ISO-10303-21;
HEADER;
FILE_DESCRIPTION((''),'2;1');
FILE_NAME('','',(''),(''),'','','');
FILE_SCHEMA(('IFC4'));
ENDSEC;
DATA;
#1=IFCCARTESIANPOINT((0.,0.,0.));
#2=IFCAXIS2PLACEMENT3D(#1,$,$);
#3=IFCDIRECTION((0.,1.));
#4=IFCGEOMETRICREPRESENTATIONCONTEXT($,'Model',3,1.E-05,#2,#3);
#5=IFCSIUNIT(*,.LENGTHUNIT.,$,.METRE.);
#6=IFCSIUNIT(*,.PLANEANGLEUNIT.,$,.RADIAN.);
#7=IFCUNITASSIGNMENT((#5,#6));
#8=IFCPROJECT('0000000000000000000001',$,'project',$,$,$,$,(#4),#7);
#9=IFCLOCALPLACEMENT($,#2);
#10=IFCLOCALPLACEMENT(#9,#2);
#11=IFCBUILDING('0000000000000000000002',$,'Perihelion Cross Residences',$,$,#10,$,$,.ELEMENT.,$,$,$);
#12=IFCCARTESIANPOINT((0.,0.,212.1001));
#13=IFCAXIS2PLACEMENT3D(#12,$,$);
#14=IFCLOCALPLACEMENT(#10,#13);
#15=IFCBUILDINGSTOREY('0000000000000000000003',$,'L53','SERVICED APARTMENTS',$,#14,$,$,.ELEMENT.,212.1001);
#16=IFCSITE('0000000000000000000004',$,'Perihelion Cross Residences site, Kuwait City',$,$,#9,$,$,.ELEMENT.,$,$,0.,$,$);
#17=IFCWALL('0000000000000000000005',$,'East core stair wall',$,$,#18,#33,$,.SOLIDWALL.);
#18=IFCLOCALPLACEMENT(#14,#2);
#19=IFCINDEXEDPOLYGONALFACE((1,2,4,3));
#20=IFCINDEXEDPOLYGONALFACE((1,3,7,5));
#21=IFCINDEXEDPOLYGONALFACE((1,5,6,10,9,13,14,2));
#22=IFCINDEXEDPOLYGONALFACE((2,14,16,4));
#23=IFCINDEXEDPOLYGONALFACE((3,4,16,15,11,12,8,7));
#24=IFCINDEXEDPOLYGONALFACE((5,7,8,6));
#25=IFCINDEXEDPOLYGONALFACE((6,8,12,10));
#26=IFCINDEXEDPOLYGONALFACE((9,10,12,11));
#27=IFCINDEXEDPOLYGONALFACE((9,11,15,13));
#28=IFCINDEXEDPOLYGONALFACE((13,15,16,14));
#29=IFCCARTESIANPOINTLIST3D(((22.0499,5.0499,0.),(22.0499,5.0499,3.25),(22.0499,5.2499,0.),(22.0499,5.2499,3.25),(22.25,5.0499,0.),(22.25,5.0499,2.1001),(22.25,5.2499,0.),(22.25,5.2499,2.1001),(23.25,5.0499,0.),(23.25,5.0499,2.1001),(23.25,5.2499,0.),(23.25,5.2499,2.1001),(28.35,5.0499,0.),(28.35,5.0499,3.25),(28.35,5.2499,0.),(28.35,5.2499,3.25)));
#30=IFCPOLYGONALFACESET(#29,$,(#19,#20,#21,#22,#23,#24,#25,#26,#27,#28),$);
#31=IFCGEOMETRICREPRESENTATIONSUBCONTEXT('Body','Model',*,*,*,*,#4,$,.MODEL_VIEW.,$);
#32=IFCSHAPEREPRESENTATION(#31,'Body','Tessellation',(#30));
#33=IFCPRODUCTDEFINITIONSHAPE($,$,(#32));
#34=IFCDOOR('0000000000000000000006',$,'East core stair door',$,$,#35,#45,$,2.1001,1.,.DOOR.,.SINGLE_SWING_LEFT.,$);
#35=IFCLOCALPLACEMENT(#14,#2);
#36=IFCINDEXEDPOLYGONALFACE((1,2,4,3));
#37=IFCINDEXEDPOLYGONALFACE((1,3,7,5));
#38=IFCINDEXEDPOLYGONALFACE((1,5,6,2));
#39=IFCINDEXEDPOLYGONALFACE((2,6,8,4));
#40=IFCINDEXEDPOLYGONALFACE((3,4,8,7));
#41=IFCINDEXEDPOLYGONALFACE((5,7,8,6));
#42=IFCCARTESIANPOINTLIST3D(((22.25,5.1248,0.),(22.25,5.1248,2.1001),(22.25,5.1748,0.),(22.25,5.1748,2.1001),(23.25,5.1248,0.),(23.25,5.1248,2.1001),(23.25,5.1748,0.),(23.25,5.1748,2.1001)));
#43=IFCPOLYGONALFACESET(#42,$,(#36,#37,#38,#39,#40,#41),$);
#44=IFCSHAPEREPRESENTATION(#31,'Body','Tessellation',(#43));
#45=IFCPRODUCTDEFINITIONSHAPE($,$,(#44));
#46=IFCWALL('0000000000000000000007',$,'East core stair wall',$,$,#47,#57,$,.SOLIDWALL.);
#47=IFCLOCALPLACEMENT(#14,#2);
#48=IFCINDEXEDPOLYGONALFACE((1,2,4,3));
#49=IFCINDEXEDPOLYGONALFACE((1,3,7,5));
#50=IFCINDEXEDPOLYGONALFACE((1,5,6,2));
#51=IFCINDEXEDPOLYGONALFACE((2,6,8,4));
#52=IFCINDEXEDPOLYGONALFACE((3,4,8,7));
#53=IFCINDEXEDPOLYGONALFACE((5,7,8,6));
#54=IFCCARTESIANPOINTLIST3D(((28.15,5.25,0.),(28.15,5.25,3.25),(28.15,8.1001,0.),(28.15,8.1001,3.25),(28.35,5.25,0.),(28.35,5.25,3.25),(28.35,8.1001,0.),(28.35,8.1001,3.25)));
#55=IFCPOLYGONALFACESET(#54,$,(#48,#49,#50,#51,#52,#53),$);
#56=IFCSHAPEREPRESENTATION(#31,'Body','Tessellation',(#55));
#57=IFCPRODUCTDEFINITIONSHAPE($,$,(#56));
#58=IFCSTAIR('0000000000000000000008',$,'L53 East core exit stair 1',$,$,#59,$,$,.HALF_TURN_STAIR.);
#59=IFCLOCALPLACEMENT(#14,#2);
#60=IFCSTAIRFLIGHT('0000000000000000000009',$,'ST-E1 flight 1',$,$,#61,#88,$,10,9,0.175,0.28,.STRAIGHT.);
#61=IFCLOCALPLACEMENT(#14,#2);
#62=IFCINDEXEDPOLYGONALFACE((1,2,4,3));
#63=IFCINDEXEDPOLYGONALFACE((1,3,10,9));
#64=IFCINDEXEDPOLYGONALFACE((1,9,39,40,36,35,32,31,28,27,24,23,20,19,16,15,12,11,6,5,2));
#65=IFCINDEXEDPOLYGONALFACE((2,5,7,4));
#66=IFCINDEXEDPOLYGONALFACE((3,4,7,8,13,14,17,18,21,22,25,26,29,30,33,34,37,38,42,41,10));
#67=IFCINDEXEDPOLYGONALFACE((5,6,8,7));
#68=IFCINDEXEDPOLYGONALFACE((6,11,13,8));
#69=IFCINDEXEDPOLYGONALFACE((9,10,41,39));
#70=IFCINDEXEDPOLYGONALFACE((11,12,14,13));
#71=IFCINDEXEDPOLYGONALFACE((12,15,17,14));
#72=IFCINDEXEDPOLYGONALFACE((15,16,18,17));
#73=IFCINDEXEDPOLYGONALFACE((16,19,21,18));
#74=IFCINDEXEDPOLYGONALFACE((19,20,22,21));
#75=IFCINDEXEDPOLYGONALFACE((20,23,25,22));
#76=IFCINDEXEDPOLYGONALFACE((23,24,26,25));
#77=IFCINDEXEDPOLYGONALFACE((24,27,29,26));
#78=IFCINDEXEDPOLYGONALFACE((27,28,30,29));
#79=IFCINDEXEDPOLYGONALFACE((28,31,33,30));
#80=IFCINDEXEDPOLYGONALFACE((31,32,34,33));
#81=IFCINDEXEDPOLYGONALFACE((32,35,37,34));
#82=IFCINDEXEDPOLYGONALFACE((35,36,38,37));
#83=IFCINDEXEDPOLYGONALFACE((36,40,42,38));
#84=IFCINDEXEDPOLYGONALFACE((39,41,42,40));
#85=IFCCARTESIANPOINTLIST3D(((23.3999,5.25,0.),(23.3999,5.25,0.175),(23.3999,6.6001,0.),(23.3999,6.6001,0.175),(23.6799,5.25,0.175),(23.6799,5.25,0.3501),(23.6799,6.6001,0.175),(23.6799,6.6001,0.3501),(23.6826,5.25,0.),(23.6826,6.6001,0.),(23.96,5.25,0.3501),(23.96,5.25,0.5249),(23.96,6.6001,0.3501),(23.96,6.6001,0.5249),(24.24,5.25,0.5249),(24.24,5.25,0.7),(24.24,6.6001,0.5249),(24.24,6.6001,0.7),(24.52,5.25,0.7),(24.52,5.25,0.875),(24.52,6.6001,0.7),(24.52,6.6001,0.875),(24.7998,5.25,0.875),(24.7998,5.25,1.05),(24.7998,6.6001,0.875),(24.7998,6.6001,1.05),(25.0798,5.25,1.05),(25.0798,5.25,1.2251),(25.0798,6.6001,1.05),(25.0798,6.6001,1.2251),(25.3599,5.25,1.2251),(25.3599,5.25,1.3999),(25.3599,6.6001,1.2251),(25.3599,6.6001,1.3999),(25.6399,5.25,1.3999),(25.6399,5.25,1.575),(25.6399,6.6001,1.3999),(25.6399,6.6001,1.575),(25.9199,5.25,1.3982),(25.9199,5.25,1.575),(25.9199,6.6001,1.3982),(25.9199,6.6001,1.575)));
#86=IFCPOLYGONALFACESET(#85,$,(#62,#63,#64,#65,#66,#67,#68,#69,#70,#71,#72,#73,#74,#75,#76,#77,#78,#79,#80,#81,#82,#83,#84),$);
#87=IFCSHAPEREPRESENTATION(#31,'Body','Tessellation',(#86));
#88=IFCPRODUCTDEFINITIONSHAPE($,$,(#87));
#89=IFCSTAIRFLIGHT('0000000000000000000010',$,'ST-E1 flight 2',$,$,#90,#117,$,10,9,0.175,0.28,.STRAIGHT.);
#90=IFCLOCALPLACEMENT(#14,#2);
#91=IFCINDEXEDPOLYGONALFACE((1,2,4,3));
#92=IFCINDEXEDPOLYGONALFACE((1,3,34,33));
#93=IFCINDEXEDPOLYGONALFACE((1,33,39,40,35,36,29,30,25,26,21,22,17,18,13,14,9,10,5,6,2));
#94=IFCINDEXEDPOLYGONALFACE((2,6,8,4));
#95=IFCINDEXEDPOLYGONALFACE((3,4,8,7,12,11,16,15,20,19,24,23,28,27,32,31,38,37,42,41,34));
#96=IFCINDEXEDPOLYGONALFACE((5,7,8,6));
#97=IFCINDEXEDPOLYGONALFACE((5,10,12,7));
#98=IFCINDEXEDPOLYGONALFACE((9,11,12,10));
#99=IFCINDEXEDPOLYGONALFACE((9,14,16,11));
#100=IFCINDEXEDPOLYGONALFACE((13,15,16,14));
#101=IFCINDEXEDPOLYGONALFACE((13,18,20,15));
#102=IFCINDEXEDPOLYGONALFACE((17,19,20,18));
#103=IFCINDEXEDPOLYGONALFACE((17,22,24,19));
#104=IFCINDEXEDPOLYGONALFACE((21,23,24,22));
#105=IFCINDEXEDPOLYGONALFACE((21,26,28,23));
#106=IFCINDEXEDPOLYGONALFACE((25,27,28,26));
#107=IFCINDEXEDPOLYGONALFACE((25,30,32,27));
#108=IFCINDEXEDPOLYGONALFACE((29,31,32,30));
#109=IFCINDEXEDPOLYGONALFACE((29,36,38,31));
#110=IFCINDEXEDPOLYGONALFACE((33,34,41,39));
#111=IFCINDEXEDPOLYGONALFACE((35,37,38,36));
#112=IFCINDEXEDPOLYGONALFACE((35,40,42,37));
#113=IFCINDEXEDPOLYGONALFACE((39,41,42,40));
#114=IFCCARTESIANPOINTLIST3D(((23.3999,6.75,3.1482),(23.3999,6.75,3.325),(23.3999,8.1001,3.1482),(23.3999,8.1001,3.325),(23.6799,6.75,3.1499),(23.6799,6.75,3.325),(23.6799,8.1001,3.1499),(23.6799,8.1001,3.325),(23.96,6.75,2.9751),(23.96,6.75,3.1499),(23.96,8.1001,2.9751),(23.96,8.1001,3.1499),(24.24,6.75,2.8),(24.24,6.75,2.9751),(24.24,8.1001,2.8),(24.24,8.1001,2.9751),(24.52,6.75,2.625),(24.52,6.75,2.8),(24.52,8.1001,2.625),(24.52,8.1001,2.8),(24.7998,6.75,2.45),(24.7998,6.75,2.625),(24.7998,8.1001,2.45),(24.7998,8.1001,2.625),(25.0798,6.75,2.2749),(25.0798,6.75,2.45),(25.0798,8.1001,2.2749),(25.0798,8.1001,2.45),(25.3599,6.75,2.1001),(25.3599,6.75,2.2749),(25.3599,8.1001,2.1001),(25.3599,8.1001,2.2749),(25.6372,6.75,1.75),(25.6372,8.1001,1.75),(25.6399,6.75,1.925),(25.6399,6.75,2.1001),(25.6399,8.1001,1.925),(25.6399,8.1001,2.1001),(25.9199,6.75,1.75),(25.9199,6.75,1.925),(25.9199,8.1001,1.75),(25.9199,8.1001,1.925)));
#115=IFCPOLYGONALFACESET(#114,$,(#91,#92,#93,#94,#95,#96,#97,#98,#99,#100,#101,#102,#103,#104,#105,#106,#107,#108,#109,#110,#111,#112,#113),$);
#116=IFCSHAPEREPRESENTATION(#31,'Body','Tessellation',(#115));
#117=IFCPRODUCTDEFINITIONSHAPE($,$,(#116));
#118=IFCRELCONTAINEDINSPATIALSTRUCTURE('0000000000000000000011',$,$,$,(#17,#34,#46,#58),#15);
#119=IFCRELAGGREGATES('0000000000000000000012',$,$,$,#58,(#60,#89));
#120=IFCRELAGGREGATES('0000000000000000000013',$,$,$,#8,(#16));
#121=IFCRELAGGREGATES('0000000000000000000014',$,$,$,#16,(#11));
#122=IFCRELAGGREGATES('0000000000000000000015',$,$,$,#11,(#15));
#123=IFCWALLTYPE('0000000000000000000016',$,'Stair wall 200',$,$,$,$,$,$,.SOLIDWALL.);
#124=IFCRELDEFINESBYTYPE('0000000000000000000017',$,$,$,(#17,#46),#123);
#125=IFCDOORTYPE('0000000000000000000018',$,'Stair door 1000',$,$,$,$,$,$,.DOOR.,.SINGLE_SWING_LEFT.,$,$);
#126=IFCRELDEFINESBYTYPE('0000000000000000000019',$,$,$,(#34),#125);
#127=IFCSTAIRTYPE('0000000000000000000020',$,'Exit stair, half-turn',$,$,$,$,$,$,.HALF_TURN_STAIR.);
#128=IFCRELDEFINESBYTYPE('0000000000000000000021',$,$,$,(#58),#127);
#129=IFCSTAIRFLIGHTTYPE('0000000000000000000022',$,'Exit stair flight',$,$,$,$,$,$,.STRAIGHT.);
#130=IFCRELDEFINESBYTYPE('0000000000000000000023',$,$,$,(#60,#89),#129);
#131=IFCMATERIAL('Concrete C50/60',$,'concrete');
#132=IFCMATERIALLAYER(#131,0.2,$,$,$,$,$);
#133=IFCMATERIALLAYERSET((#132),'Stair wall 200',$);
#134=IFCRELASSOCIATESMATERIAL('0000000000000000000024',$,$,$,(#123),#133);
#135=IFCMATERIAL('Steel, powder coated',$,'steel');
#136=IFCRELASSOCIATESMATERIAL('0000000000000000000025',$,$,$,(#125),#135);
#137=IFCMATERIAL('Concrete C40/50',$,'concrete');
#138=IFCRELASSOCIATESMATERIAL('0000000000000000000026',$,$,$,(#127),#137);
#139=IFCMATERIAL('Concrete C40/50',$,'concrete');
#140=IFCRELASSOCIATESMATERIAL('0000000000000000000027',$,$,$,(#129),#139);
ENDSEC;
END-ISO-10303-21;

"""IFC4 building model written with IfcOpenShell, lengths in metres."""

from ifc_helpers import new_model, si_unit, direction, frame, frame_2d, origin, place, context, subcontext, project, spatial, polyline, rectangle, outline, extrude, material, layer, layer_set, type_object, element, fill, aggregate, save


model = new_model("IFC4")

# Units and contexts
model_context = context("Model", 3, precision=1e-05, world=origin(), true_north=direction((0.0, 1.0)))
body_context = subcontext(model_context, "Body", "Model", "MODEL_VIEW")
ifc_project = project(units=[si_unit("LENGTHUNIT", "METRE"), si_unit("PLANEANGLEUNIT", "RADIAN")], contexts=[model_context])

# Site, building, storey
site_placement = place(None, origin())
site = spatial("IfcSite", under=ifc_project, at=site_placement, Name="Perihelion Cross Residences site, Kuwait City", CompositionType="ELEMENT", RefElevation=0.0)
building_placement = place(site_placement, origin())
building = spatial("IfcBuilding", under=site, at=building_placement, Name="Perihelion Cross Residences", CompositionType="ELEMENT")
storey_placement = place(building_placement, frame((0.0, 0.0, 212.1001)))
storey = spatial("IfcBuildingStorey", under=building, at=storey_placement, Name="L53", Description="SERVICED APARTMENTS", CompositionType="ELEMENT", Elevation=212.1001)

# Wall, opening, door
ifc_material_1 = material(Name="Concrete C50/60", Category="concrete")
ifc_layer_1 = layer(ifc_material_1, 0.2)
ifc_layer_set_1 = layer_set([ifc_layer_1], Name="Stair wall 200")
wall_type_1 = type_object("IfcWallType", Name="Stair wall 200", PredefinedType="SOLIDWALL", material=ifc_layer_set_1)
wall_1_placement = place(storey_placement, frame((22.05, 5.1499, 0.0), z_axis=(0.0, 0.0, 1.0), x_axis=(1.0, 0.0, 0.0)))
wall_1 = element("IfcWall", 1, at=wall_1_placement, inside=storey, type_object=wall_type_1, Name="East core stair wall", PredefinedType="SOLIDWALL", context=body_context, shape_type="SweptSolid", body=[
    extrude(rectangle(XDim=6.3, YDim=0.2, at=frame_2d((3.1499, 0.0))), origin(), (0.0, 0.0, 1.0), 3.25),
])
opening_1_placement = place(wall_1_placement, frame((0.2, 0.0, 0.0)))
opening_1 = element("IfcOpeningElement", 2, at=opening_1_placement, cuts=wall_1, PredefinedType="OPENING", context=body_context, shape_type="SweptSolid", body=[
    extrude(rectangle(XDim=1.0, YDim=2.1001, at=frame_2d((0.5, 1.05))), frame((0.0, 0.1099, 0.0), z_axis=(0.0, -1.0, 0.0), x_axis=(1.0, 0.0, 0.0)), (0.0, 0.0, 1.0), 0.22),
])
ifc_material_2 = material(Name="Steel, powder coated", Category="steel")
door_type_1 = type_object("IfcDoorType", Name="Stair door 1000", OperationType="SINGLE_SWING_LEFT", PredefinedType="DOOR", material=ifc_material_2)
door_1_placement = place(opening_1_placement, origin())
door_1 = element("IfcDoor", 3, at=door_1_placement, inside=storey, type_object=door_type_1, Name="East core stair door", OperationType="SINGLE_SWING_LEFT", OverallHeight=2.1001, OverallWidth=1.0, PredefinedType="DOOR", context=body_context, shape_type="SweptSolid", body=[
    extrude(rectangle(XDim=1.0, YDim=2.1001, at=frame_2d((0.5, 1.05))), frame((0.0, 0.0249, 0.0), z_axis=(0.0, -1.0, 0.0), x_axis=(1.0, 0.0, 0.0)), (0.0, 0.0, 1.0), 0.05),
])
fill(opening_1, door_1)

# Wall
wall_2_placement = place(storey_placement, frame((28.25, 5.25, 0.0), z_axis=(0.0, 0.0, 1.0), x_axis=(0.0, 1.0, 0.0)))
element("IfcWall", 4, at=wall_2_placement, inside=storey, type_object=wall_type_1, Name="East core stair wall", PredefinedType="SOLIDWALL", context=body_context, shape_type="SweptSolid", body=[
    extrude(rectangle(XDim=2.8501, YDim=0.2, at=frame_2d((1.425, 0.0))), origin(), (0.0, 0.0, 1.0), 3.25),
])

# Stair, stair flights
ifc_material_3 = material(Name="Concrete C40/50", Category="concrete")
stair_type = type_object("IfcStairType", Name="Exit stair, half-turn", PredefinedType="HALF_TURN_STAIR", material=ifc_material_3)
stair_placement = place(storey_placement, origin())
stair = element("IfcStair", 5, at=stair_placement, inside=storey, type_object=stair_type, Name="L53 East core exit stair 1", PredefinedType="HALF_TURN_STAIR")
ifc_material_4 = material(Name="Concrete C40/50", Category="concrete")
stair_flight_type = type_object("IfcStairFlightType", Name="Exit stair flight", PredefinedType="STRAIGHT", material=ifc_material_4)
stair_flight_1_placement = place(storey_placement, frame((23.3999, 5.925, 0.0), z_axis=(0.0, 0.0, 1.0), x_axis=(1.0, 0.0, 0.0)))
stair_flight_1 = element("IfcStairFlight", 6, at=stair_flight_1_placement, type_object=stair_flight_type, Name="ST-E1 flight 1", NumberOfRisers=10, NumberOfTreads=9, PredefinedType="STRAIGHT", RiserHeight=0.175, TreadLength=0.28, context=body_context, shape_type="SweptSolid", body=[
    extrude(outline(polyline([(0.0, 0.0), (0.0, 0.175), (0.28, 0.175), (0.28, 0.3501), (0.5601, 0.3501), (0.5601, 0.5249), (0.8401, 0.5249), (0.8401, 0.7), (1.1201, 0.7), (1.1201, 0.875), (1.3999, 0.875), (1.3999, 1.05), (1.6799, 1.05), (1.6799, 1.2251), (1.96, 1.2251), (1.96, 1.3999), (2.24, 1.3999), (2.24, 1.575), (2.52, 1.575), (2.52, 1.75), (2.52, 1.3982), (0.2827, 0.0), (0.0, 0.0)])), frame((0.0, 0.675, 0.0), z_axis=(0.0, -1.0, 0.0), x_axis=(1.0, 0.0, 0.0)), (0.0, 0.0, 1.0), 1.3501),
])
stair_flight_2_placement = place(storey_placement, frame((25.9199, 7.425, 1.75), z_axis=(0.0, 0.0, 1.0), x_axis=(-1.0, 0.0, 0.0)))
stair_flight_2 = element("IfcStairFlight", 7, at=stair_flight_2_placement, type_object=stair_flight_type, Name="ST-E1 flight 2", NumberOfRisers=10, NumberOfTreads=9, PredefinedType="STRAIGHT", RiserHeight=0.175, TreadLength=0.28, context=body_context, shape_type="SweptSolid", body=[
    extrude(outline(polyline([(0.0, 0.0), (0.0, 0.175), (0.28, 0.175), (0.28, 0.3501), (0.5601, 0.3501), (0.5601, 0.5249), (0.8401, 0.5249), (0.8401, 0.7), (1.1201, 0.7), (1.1201, 0.875), (1.3999, 0.875), (1.3999, 1.05), (1.6799, 1.05), (1.6799, 1.2251), (1.96, 1.2251), (1.96, 1.3999), (2.24, 1.3999), (2.24, 1.575), (2.52, 1.575), (2.52, 1.75), (2.52, 1.3982), (0.2827, 0.0), (0.0, 0.0)])), frame((0.0, 0.675, 0.0), z_axis=(0.0, -1.0, 0.0), x_axis=(1.0, 0.0, 0.0)), (0.0, 0.0, 1.0), 1.3501),
])
aggregate(stair, [stair_flight_1, stair_flight_2])

save(model, "model.ifc")
